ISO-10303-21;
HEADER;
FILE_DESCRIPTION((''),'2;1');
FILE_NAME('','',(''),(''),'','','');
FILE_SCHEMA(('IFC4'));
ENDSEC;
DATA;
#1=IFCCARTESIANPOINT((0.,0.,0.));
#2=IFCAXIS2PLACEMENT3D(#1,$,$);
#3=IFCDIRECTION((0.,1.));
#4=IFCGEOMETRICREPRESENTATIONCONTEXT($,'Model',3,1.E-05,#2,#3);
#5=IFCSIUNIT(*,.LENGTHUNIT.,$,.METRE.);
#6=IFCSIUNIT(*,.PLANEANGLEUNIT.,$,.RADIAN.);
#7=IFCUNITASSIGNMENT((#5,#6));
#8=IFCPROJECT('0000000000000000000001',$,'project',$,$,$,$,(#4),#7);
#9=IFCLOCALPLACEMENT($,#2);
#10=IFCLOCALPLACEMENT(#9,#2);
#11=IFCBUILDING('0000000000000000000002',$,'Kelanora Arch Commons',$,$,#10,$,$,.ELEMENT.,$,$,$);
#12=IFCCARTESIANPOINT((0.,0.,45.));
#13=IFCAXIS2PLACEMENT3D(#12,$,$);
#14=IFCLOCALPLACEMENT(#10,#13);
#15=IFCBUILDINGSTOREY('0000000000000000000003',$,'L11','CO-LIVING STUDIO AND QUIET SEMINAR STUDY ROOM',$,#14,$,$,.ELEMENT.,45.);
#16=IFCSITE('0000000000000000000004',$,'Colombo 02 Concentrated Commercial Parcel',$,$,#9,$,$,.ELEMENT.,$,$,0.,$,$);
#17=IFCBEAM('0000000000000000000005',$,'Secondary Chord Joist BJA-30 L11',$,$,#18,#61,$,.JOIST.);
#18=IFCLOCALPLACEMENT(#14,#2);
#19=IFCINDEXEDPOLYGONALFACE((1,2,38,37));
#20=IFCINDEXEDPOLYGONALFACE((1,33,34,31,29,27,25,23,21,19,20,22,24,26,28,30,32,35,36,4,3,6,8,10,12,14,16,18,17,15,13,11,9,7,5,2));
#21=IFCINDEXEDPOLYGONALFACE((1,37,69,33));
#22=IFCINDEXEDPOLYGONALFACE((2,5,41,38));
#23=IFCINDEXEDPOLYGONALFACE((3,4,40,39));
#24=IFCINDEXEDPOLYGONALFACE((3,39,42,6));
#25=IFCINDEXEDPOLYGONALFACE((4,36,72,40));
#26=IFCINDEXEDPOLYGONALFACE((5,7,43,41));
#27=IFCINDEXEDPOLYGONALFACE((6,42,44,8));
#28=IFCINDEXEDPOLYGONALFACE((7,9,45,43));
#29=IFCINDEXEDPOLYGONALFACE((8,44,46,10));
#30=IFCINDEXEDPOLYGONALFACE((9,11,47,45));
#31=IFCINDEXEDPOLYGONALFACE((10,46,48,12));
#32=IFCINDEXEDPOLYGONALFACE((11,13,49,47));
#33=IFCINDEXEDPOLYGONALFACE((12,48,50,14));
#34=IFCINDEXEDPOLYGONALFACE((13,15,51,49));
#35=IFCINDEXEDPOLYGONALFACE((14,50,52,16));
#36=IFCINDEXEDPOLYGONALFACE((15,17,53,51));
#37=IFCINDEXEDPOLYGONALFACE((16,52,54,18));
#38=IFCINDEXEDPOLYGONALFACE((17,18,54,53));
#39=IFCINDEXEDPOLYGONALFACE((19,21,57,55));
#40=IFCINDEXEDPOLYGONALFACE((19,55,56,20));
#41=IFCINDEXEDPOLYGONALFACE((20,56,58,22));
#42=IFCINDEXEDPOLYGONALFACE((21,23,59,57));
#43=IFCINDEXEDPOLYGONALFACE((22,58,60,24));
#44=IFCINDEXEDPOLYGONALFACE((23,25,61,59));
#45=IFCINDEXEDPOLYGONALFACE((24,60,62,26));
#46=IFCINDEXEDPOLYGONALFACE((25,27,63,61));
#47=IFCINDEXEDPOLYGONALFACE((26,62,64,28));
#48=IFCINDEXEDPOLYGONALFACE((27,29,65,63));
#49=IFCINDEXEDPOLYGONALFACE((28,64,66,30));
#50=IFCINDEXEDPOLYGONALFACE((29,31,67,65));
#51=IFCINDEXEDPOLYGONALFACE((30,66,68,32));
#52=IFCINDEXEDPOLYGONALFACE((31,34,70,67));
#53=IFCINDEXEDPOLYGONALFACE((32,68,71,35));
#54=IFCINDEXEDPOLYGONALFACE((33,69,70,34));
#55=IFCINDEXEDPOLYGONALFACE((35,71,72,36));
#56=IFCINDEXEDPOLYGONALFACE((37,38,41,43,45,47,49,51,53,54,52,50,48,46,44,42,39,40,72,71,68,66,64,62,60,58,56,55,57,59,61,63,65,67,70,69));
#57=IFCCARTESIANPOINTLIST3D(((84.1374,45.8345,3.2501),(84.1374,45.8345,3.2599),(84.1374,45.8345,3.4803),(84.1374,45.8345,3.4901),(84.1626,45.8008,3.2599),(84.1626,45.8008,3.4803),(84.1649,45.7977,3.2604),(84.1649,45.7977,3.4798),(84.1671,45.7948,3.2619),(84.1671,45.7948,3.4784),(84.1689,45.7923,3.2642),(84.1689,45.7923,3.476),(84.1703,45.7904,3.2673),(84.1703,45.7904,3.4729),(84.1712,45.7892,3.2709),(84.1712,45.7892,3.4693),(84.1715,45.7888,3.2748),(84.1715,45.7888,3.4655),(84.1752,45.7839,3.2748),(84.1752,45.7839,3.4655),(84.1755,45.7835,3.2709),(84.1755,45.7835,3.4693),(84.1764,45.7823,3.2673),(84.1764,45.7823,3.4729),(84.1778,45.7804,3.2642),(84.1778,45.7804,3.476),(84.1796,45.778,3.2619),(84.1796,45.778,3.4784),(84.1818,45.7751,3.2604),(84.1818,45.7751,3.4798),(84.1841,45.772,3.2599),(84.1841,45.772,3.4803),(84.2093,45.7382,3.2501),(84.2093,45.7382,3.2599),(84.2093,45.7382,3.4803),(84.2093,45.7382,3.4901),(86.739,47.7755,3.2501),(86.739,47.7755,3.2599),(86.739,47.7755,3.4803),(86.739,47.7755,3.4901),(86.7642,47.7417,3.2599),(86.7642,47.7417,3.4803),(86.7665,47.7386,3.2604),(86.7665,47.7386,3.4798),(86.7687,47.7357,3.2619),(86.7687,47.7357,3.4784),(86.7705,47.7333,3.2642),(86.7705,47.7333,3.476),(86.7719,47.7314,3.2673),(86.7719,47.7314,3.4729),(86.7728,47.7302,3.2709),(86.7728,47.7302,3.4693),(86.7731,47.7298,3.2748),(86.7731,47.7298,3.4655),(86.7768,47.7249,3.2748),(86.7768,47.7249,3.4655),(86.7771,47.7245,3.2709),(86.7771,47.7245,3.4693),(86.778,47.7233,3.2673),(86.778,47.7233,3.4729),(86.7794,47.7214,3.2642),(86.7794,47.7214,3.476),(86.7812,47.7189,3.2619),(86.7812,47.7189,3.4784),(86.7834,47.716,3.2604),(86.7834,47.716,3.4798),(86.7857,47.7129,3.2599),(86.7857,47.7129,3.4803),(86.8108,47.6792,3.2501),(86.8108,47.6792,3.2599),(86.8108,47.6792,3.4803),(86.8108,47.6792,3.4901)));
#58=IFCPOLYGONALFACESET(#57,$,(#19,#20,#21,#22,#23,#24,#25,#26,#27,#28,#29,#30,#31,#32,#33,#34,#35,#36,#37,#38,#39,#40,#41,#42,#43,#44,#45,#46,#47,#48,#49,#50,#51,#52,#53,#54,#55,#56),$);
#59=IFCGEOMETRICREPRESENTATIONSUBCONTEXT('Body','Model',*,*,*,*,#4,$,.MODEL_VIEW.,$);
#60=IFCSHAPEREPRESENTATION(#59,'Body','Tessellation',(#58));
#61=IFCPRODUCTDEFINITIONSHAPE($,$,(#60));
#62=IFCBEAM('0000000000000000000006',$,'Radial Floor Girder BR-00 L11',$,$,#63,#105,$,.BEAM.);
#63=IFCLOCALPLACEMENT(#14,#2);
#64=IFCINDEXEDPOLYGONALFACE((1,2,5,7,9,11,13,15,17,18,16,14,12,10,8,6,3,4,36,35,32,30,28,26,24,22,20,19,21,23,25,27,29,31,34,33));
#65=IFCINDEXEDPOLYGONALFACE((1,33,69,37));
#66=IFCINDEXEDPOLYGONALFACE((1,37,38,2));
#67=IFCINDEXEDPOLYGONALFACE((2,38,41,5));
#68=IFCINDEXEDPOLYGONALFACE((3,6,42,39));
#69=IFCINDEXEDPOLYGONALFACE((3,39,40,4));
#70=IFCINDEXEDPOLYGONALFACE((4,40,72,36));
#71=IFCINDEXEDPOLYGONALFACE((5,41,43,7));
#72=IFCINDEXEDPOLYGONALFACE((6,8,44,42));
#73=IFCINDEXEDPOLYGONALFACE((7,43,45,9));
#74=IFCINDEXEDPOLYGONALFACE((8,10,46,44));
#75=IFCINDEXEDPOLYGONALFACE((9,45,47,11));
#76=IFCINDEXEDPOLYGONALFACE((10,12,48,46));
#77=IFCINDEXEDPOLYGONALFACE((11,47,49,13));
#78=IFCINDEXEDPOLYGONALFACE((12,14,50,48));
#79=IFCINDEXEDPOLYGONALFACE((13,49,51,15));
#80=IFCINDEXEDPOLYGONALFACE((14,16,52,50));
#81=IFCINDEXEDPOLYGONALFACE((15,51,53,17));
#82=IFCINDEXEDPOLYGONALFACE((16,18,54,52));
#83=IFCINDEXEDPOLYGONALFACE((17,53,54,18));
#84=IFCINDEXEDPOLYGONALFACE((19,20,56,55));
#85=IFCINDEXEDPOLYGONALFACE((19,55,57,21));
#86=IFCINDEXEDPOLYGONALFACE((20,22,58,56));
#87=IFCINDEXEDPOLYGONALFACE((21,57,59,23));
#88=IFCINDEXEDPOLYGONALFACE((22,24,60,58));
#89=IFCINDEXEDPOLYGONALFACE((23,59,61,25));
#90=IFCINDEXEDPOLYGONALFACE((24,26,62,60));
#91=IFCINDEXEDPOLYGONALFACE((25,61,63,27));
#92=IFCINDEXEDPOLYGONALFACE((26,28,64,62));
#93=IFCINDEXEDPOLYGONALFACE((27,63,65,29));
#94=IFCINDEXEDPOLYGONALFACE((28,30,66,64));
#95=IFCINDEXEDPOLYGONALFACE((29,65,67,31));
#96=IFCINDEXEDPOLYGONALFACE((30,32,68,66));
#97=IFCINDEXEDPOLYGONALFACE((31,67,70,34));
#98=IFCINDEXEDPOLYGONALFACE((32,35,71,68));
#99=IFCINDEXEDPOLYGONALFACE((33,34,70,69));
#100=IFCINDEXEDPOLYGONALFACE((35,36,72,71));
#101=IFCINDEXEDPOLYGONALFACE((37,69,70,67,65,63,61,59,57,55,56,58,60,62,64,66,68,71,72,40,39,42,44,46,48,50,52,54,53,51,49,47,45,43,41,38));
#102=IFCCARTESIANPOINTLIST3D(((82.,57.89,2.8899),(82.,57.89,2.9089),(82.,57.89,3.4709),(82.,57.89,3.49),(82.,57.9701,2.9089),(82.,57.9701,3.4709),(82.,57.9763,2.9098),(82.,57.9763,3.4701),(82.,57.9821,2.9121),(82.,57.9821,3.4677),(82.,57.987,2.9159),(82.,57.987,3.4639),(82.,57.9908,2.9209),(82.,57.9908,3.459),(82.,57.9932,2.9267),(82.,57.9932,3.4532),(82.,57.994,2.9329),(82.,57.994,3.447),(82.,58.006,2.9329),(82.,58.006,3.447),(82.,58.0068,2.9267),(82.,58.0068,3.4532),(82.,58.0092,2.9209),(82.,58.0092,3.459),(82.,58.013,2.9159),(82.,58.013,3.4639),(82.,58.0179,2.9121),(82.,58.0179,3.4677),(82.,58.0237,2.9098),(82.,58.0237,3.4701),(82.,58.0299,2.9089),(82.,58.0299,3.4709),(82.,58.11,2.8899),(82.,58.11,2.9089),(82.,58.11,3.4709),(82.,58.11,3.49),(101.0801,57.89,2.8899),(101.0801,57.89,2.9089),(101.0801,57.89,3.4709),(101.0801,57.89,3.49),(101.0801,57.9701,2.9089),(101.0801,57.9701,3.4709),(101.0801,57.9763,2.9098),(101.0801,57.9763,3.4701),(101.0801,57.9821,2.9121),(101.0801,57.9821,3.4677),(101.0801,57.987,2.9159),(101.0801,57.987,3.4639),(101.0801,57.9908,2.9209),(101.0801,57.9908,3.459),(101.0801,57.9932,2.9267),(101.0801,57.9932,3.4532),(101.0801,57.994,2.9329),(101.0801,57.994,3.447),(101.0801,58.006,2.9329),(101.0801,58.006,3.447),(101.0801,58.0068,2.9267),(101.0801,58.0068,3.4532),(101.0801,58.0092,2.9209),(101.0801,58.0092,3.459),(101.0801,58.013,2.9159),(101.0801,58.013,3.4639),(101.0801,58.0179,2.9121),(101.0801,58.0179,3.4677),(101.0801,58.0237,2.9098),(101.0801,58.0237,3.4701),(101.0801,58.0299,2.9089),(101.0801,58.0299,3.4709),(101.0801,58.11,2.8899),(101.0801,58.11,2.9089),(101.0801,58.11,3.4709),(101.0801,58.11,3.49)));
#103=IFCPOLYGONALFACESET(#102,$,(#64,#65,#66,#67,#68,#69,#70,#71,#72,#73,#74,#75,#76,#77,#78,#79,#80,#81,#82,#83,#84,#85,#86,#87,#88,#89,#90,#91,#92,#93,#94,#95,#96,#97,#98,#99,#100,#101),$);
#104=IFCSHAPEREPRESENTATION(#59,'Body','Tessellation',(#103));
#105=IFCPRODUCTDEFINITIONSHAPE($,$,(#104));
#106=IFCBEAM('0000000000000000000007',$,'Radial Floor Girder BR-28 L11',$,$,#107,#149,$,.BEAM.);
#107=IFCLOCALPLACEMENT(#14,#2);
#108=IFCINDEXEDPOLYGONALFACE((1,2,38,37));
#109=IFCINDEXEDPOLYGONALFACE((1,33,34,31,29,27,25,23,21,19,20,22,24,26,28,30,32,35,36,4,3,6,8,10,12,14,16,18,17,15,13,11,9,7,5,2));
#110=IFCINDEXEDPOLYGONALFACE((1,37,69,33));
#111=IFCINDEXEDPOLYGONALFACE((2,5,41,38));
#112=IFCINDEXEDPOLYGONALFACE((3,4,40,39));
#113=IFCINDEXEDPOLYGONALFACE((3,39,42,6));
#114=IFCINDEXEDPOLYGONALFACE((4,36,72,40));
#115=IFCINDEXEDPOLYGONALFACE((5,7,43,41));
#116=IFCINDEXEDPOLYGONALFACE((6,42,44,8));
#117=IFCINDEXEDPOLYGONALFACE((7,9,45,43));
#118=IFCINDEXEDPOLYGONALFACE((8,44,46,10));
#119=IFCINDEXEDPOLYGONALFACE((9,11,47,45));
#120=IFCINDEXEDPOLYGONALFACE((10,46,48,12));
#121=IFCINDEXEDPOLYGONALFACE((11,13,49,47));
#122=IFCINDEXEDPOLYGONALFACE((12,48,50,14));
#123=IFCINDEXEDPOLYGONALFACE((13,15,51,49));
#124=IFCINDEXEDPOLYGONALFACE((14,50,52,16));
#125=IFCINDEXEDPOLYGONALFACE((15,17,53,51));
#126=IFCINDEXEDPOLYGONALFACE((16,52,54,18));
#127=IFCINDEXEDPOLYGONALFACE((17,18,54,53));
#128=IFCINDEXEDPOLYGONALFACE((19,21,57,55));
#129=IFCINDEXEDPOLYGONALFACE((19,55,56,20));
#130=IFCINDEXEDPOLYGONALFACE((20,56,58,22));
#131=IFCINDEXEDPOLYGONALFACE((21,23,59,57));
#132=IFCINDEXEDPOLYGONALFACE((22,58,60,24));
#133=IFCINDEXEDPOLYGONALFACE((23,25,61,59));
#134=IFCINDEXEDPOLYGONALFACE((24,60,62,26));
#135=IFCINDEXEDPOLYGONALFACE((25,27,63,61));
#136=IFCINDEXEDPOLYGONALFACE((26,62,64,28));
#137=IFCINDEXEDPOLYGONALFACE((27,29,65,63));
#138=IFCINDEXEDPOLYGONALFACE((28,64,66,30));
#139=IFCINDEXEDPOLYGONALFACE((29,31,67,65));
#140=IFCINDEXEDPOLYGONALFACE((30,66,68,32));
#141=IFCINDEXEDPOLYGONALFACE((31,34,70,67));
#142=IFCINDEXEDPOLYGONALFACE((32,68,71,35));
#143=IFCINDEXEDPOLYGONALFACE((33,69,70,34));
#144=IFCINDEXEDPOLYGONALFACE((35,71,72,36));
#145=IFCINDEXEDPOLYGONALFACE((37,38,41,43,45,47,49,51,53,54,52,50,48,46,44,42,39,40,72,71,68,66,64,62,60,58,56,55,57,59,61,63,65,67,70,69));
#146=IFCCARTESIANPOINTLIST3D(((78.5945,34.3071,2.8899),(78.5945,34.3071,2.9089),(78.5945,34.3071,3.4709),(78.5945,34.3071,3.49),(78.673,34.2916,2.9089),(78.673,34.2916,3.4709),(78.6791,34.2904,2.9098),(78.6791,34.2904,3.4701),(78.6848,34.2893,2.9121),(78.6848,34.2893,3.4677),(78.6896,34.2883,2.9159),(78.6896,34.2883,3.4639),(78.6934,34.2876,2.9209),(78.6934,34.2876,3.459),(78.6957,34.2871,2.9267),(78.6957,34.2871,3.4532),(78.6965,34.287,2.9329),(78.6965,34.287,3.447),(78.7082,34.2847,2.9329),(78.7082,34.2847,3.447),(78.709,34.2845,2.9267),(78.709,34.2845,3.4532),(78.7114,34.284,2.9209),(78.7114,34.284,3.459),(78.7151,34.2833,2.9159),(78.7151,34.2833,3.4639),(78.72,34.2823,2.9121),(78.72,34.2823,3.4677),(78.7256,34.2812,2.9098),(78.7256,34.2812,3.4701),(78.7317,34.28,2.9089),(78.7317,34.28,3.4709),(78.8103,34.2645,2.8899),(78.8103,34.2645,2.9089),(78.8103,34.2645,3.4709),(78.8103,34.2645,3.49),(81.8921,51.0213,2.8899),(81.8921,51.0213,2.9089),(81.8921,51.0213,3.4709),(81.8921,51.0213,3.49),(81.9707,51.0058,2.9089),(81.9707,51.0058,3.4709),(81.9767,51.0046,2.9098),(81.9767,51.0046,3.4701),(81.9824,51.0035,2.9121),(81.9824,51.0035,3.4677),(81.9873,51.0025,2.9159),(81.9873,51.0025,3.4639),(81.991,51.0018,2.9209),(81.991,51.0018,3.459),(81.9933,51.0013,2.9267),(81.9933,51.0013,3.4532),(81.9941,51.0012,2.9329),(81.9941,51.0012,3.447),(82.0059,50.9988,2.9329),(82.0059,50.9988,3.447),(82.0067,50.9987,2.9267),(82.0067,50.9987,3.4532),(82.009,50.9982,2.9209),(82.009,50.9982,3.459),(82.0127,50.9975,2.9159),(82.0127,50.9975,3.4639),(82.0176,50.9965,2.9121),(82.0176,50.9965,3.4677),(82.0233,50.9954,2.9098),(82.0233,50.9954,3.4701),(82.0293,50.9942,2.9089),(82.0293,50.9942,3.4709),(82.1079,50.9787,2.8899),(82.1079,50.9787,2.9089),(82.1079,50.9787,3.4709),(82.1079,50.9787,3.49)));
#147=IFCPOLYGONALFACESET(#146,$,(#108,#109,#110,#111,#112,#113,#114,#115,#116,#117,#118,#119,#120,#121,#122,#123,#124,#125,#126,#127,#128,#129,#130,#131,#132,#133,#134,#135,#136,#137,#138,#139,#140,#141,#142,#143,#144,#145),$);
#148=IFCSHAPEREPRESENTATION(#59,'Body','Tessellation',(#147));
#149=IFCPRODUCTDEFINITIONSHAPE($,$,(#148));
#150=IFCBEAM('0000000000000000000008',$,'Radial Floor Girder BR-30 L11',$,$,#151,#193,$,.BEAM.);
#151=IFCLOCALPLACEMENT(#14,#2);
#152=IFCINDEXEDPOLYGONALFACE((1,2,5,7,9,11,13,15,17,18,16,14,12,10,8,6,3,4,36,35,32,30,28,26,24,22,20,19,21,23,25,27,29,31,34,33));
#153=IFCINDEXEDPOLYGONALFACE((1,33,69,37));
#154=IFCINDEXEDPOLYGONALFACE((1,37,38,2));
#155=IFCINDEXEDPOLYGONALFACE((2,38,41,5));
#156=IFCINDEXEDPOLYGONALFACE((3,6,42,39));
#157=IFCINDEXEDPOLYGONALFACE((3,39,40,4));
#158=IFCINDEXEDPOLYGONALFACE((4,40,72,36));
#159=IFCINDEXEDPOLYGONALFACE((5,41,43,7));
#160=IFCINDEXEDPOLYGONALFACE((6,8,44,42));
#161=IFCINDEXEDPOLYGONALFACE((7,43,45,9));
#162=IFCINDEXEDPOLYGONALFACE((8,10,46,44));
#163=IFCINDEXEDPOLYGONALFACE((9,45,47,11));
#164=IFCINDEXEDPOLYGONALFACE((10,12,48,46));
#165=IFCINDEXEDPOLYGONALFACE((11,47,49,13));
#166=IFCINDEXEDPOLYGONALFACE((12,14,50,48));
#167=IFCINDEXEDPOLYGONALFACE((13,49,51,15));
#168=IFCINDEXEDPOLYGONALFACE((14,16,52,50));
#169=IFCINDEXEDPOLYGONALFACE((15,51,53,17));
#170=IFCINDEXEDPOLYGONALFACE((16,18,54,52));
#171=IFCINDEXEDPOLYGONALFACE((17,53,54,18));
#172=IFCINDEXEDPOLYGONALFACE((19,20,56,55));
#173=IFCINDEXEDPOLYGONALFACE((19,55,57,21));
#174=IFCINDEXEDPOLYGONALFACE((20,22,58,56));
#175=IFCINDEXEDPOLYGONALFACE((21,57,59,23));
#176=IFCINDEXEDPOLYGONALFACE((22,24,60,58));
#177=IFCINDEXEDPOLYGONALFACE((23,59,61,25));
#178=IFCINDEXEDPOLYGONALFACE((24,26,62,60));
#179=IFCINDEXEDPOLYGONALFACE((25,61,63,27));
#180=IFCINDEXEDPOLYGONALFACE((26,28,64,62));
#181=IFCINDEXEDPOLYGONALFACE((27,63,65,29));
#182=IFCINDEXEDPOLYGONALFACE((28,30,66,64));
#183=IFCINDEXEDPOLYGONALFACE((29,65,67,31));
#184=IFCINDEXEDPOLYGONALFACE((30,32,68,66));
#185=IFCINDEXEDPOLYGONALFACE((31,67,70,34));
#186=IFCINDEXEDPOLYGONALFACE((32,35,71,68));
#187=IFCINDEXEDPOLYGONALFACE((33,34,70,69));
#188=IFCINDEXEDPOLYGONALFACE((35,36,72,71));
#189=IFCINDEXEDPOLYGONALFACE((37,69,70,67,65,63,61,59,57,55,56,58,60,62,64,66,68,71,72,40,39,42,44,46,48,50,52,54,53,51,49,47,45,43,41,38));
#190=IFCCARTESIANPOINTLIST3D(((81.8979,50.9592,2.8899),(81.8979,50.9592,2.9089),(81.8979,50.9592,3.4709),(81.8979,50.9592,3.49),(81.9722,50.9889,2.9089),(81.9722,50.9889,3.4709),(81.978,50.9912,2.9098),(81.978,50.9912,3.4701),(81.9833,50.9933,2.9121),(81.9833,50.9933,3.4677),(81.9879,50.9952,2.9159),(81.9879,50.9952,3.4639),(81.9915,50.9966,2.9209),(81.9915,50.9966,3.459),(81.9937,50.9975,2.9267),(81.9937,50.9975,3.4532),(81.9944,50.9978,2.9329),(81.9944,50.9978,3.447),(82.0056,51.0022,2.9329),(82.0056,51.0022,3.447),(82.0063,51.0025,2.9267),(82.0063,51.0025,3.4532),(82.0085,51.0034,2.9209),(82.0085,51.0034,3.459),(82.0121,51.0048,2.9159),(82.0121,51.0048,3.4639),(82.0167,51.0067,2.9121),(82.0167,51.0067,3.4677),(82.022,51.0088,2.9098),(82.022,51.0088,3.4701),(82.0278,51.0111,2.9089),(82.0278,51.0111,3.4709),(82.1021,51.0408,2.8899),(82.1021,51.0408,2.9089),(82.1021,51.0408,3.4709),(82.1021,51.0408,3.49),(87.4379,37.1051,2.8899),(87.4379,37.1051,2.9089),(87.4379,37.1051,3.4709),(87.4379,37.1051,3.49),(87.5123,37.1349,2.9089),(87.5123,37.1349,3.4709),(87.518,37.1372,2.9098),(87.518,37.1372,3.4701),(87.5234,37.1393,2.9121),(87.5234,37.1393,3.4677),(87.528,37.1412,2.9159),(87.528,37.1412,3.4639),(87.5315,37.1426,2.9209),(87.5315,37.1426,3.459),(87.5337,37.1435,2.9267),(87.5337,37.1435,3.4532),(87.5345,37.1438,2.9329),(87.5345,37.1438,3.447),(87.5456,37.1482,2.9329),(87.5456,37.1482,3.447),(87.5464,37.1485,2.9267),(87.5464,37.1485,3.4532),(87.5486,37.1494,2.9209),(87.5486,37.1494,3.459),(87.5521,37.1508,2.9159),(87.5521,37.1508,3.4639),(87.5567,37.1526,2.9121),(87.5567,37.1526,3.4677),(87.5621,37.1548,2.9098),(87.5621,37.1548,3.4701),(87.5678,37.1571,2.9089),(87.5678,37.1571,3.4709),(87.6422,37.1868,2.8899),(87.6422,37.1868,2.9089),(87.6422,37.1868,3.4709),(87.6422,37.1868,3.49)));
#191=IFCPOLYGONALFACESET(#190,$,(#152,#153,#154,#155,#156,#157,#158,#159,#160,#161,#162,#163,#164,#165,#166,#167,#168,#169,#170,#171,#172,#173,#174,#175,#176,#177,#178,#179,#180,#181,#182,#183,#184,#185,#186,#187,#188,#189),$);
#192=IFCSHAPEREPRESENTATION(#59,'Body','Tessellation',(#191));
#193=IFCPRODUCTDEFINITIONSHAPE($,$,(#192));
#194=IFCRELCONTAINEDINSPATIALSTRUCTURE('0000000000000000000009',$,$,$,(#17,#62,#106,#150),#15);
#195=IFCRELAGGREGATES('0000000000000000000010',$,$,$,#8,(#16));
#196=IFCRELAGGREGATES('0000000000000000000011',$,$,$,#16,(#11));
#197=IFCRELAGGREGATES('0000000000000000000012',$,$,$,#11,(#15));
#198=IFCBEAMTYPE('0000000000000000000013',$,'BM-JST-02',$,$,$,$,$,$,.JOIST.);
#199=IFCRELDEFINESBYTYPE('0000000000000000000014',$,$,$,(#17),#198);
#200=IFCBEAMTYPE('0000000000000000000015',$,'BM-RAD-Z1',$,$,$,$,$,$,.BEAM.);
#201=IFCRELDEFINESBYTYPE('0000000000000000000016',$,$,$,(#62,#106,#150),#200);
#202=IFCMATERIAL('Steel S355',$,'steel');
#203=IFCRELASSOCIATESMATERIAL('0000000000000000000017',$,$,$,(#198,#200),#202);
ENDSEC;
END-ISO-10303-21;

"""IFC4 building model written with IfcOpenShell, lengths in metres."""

from ifc_helpers import new_model, si_unit, direction, frame, origin, origin_2d, place, context, subcontext, project, spatial, i_section, extrude, material, material_profile, profile_set, type_object, element, save


model = new_model("IFC4")

# Units and contexts
model_context = context("Model", 3, precision=1e-05, world=origin(), true_north=direction((0.0, 1.0)))
body_context = subcontext(model_context, "Body", "Model", "MODEL_VIEW")
ifc_project = project(units=[si_unit("LENGTHUNIT", "METRE"), si_unit("PLANEANGLEUNIT", "RADIAN")], contexts=[model_context])

# Site, building, storey
site_placement = place(None, origin())
site = spatial("IfcSite", under=ifc_project, at=site_placement, Name="Colombo 02 Concentrated Commercial Parcel", CompositionType="ELEMENT", RefElevation=0.0)
building_placement = place(site_placement, origin())
building = spatial("IfcBuilding", under=site, at=building_placement, Name="Kelanora Arch Commons", CompositionType="ELEMENT")
storey_placement = place(building_placement, frame((0.0, 0.0, 45.0)))
storey = spatial("IfcBuildingStorey", under=building, at=storey_placement, Name="L11", Description="CO-LIVING STUDIO AND QUIET SEMINAR STUDY ROOM", CompositionType="ELEMENT", Elevation=45.0)

# Beams
ifc_material_1 = material(Name="Steel S355", Category="steel")
ifc_material_profile_1 = material_profile(ifc_material_1, i_section(OverallWidth=0.1201, OverallDepth=0.24, WebThickness=0.0061, FlangeThickness=0.0098, FilletRadius=0.0149, at=origin_2d()), Name="IPE240")
ifc_profile_set_1 = profile_set([ifc_material_profile_1], Name="Steel S355")
beam_type_1 = type_object("IfcBeamType", Name="BM-JST-02", PredefinedType="JOIST", material=ifc_profile_set_1)
beam_1_placement = place(storey_placement, frame((84.1733, 45.7864, 3.3701), z_axis=(0.801514, 0.597976, 0.0), x_axis=(-0.597976, 0.801514, 0.0)))
element("IfcBeam", 1, at=beam_1_placement, inside=storey, type_object=beam_type_1, Name="Secondary Chord Joist BJA-30 L11", PredefinedType="JOIST", context=body_context, shape_type="SweptSolid", body=[
    extrude(i_section(OverallWidth=0.1201, OverallDepth=0.24, WebThickness=0.0061, FlangeThickness=0.0098, FilletRadius=0.0149, at=origin_2d()), origin(), (0.0, 0.0, 1.0), 3.2458),
])
ifc_material_profile_2 = material_profile(ifc_material_1, i_section(OverallWidth=0.22, OverallDepth=0.6001, WebThickness=0.012, FlangeThickness=0.019, FilletRadius=0.0239, at=origin_2d()), Name="IPE600")
ifc_profile_set_2 = profile_set([ifc_material_profile_2], Name="Steel S355")
beam_type_2 = type_object("IfcBeamType", Name="BM-RAD-Z1", PredefinedType="BEAM", material=ifc_profile_set_2)
beam_2_placement = place(storey_placement, frame((82.0, 58.0, 3.1899), z_axis=(1.0, 0.0, 0.0), x_axis=(0.0, 1.0, 0.0)))
element("IfcBeam", 2, at=beam_2_placement, inside=storey, type_object=beam_type_2, Name="Radial Floor Girder BR-00 L11", PredefinedType="BEAM", context=body_context, shape_type="SweptSolid", body=[
    extrude(i_section(OverallWidth=0.22, OverallDepth=0.6001, WebThickness=0.012, FlangeThickness=0.019, FilletRadius=0.0239, at=origin_2d()), origin(), (0.0, 0.0, 1.0), 19.0801),
])
beam_3_placement = place(storey_placement, frame((82.0, 51.0, 3.1899), z_axis=(-0.193564, -0.981088, 0.0), x_axis=(0.981088, -0.193564, 0.0)))
element("IfcBeam", 3, at=beam_3_placement, inside=storey, type_object=beam_type_2, Name="Radial Floor Girder BR-28 L11", PredefinedType="BEAM", context=body_context, shape_type="SweptSolid", body=[
    extrude(i_section(OverallWidth=0.22, OverallDepth=0.6001, WebThickness=0.012, FlangeThickness=0.019, FilletRadius=0.0239, at=origin_2d()), origin(), (0.0, 0.0, 1.0), 17.0364),
])
beam_4_placement = place(storey_placement, frame((82.0, 51.0, 3.1899), z_axis=(0.3713, -0.928513, 0.0), x_axis=(0.928513, 0.3713, 0.0)))
element("IfcBeam", 4, at=beam_4_placement, inside=storey, type_object=beam_type_2, Name="Radial Floor Girder BR-30 L11", PredefinedType="BEAM", context=body_context, shape_type="SweptSolid", body=[
    extrude(i_section(OverallWidth=0.22, OverallDepth=0.6001, WebThickness=0.012, FlangeThickness=0.019, FilletRadius=0.0239, at=origin_2d()), origin(), (0.0, 0.0, 1.0), 14.9207),
])

save(model, "model.ifc")
